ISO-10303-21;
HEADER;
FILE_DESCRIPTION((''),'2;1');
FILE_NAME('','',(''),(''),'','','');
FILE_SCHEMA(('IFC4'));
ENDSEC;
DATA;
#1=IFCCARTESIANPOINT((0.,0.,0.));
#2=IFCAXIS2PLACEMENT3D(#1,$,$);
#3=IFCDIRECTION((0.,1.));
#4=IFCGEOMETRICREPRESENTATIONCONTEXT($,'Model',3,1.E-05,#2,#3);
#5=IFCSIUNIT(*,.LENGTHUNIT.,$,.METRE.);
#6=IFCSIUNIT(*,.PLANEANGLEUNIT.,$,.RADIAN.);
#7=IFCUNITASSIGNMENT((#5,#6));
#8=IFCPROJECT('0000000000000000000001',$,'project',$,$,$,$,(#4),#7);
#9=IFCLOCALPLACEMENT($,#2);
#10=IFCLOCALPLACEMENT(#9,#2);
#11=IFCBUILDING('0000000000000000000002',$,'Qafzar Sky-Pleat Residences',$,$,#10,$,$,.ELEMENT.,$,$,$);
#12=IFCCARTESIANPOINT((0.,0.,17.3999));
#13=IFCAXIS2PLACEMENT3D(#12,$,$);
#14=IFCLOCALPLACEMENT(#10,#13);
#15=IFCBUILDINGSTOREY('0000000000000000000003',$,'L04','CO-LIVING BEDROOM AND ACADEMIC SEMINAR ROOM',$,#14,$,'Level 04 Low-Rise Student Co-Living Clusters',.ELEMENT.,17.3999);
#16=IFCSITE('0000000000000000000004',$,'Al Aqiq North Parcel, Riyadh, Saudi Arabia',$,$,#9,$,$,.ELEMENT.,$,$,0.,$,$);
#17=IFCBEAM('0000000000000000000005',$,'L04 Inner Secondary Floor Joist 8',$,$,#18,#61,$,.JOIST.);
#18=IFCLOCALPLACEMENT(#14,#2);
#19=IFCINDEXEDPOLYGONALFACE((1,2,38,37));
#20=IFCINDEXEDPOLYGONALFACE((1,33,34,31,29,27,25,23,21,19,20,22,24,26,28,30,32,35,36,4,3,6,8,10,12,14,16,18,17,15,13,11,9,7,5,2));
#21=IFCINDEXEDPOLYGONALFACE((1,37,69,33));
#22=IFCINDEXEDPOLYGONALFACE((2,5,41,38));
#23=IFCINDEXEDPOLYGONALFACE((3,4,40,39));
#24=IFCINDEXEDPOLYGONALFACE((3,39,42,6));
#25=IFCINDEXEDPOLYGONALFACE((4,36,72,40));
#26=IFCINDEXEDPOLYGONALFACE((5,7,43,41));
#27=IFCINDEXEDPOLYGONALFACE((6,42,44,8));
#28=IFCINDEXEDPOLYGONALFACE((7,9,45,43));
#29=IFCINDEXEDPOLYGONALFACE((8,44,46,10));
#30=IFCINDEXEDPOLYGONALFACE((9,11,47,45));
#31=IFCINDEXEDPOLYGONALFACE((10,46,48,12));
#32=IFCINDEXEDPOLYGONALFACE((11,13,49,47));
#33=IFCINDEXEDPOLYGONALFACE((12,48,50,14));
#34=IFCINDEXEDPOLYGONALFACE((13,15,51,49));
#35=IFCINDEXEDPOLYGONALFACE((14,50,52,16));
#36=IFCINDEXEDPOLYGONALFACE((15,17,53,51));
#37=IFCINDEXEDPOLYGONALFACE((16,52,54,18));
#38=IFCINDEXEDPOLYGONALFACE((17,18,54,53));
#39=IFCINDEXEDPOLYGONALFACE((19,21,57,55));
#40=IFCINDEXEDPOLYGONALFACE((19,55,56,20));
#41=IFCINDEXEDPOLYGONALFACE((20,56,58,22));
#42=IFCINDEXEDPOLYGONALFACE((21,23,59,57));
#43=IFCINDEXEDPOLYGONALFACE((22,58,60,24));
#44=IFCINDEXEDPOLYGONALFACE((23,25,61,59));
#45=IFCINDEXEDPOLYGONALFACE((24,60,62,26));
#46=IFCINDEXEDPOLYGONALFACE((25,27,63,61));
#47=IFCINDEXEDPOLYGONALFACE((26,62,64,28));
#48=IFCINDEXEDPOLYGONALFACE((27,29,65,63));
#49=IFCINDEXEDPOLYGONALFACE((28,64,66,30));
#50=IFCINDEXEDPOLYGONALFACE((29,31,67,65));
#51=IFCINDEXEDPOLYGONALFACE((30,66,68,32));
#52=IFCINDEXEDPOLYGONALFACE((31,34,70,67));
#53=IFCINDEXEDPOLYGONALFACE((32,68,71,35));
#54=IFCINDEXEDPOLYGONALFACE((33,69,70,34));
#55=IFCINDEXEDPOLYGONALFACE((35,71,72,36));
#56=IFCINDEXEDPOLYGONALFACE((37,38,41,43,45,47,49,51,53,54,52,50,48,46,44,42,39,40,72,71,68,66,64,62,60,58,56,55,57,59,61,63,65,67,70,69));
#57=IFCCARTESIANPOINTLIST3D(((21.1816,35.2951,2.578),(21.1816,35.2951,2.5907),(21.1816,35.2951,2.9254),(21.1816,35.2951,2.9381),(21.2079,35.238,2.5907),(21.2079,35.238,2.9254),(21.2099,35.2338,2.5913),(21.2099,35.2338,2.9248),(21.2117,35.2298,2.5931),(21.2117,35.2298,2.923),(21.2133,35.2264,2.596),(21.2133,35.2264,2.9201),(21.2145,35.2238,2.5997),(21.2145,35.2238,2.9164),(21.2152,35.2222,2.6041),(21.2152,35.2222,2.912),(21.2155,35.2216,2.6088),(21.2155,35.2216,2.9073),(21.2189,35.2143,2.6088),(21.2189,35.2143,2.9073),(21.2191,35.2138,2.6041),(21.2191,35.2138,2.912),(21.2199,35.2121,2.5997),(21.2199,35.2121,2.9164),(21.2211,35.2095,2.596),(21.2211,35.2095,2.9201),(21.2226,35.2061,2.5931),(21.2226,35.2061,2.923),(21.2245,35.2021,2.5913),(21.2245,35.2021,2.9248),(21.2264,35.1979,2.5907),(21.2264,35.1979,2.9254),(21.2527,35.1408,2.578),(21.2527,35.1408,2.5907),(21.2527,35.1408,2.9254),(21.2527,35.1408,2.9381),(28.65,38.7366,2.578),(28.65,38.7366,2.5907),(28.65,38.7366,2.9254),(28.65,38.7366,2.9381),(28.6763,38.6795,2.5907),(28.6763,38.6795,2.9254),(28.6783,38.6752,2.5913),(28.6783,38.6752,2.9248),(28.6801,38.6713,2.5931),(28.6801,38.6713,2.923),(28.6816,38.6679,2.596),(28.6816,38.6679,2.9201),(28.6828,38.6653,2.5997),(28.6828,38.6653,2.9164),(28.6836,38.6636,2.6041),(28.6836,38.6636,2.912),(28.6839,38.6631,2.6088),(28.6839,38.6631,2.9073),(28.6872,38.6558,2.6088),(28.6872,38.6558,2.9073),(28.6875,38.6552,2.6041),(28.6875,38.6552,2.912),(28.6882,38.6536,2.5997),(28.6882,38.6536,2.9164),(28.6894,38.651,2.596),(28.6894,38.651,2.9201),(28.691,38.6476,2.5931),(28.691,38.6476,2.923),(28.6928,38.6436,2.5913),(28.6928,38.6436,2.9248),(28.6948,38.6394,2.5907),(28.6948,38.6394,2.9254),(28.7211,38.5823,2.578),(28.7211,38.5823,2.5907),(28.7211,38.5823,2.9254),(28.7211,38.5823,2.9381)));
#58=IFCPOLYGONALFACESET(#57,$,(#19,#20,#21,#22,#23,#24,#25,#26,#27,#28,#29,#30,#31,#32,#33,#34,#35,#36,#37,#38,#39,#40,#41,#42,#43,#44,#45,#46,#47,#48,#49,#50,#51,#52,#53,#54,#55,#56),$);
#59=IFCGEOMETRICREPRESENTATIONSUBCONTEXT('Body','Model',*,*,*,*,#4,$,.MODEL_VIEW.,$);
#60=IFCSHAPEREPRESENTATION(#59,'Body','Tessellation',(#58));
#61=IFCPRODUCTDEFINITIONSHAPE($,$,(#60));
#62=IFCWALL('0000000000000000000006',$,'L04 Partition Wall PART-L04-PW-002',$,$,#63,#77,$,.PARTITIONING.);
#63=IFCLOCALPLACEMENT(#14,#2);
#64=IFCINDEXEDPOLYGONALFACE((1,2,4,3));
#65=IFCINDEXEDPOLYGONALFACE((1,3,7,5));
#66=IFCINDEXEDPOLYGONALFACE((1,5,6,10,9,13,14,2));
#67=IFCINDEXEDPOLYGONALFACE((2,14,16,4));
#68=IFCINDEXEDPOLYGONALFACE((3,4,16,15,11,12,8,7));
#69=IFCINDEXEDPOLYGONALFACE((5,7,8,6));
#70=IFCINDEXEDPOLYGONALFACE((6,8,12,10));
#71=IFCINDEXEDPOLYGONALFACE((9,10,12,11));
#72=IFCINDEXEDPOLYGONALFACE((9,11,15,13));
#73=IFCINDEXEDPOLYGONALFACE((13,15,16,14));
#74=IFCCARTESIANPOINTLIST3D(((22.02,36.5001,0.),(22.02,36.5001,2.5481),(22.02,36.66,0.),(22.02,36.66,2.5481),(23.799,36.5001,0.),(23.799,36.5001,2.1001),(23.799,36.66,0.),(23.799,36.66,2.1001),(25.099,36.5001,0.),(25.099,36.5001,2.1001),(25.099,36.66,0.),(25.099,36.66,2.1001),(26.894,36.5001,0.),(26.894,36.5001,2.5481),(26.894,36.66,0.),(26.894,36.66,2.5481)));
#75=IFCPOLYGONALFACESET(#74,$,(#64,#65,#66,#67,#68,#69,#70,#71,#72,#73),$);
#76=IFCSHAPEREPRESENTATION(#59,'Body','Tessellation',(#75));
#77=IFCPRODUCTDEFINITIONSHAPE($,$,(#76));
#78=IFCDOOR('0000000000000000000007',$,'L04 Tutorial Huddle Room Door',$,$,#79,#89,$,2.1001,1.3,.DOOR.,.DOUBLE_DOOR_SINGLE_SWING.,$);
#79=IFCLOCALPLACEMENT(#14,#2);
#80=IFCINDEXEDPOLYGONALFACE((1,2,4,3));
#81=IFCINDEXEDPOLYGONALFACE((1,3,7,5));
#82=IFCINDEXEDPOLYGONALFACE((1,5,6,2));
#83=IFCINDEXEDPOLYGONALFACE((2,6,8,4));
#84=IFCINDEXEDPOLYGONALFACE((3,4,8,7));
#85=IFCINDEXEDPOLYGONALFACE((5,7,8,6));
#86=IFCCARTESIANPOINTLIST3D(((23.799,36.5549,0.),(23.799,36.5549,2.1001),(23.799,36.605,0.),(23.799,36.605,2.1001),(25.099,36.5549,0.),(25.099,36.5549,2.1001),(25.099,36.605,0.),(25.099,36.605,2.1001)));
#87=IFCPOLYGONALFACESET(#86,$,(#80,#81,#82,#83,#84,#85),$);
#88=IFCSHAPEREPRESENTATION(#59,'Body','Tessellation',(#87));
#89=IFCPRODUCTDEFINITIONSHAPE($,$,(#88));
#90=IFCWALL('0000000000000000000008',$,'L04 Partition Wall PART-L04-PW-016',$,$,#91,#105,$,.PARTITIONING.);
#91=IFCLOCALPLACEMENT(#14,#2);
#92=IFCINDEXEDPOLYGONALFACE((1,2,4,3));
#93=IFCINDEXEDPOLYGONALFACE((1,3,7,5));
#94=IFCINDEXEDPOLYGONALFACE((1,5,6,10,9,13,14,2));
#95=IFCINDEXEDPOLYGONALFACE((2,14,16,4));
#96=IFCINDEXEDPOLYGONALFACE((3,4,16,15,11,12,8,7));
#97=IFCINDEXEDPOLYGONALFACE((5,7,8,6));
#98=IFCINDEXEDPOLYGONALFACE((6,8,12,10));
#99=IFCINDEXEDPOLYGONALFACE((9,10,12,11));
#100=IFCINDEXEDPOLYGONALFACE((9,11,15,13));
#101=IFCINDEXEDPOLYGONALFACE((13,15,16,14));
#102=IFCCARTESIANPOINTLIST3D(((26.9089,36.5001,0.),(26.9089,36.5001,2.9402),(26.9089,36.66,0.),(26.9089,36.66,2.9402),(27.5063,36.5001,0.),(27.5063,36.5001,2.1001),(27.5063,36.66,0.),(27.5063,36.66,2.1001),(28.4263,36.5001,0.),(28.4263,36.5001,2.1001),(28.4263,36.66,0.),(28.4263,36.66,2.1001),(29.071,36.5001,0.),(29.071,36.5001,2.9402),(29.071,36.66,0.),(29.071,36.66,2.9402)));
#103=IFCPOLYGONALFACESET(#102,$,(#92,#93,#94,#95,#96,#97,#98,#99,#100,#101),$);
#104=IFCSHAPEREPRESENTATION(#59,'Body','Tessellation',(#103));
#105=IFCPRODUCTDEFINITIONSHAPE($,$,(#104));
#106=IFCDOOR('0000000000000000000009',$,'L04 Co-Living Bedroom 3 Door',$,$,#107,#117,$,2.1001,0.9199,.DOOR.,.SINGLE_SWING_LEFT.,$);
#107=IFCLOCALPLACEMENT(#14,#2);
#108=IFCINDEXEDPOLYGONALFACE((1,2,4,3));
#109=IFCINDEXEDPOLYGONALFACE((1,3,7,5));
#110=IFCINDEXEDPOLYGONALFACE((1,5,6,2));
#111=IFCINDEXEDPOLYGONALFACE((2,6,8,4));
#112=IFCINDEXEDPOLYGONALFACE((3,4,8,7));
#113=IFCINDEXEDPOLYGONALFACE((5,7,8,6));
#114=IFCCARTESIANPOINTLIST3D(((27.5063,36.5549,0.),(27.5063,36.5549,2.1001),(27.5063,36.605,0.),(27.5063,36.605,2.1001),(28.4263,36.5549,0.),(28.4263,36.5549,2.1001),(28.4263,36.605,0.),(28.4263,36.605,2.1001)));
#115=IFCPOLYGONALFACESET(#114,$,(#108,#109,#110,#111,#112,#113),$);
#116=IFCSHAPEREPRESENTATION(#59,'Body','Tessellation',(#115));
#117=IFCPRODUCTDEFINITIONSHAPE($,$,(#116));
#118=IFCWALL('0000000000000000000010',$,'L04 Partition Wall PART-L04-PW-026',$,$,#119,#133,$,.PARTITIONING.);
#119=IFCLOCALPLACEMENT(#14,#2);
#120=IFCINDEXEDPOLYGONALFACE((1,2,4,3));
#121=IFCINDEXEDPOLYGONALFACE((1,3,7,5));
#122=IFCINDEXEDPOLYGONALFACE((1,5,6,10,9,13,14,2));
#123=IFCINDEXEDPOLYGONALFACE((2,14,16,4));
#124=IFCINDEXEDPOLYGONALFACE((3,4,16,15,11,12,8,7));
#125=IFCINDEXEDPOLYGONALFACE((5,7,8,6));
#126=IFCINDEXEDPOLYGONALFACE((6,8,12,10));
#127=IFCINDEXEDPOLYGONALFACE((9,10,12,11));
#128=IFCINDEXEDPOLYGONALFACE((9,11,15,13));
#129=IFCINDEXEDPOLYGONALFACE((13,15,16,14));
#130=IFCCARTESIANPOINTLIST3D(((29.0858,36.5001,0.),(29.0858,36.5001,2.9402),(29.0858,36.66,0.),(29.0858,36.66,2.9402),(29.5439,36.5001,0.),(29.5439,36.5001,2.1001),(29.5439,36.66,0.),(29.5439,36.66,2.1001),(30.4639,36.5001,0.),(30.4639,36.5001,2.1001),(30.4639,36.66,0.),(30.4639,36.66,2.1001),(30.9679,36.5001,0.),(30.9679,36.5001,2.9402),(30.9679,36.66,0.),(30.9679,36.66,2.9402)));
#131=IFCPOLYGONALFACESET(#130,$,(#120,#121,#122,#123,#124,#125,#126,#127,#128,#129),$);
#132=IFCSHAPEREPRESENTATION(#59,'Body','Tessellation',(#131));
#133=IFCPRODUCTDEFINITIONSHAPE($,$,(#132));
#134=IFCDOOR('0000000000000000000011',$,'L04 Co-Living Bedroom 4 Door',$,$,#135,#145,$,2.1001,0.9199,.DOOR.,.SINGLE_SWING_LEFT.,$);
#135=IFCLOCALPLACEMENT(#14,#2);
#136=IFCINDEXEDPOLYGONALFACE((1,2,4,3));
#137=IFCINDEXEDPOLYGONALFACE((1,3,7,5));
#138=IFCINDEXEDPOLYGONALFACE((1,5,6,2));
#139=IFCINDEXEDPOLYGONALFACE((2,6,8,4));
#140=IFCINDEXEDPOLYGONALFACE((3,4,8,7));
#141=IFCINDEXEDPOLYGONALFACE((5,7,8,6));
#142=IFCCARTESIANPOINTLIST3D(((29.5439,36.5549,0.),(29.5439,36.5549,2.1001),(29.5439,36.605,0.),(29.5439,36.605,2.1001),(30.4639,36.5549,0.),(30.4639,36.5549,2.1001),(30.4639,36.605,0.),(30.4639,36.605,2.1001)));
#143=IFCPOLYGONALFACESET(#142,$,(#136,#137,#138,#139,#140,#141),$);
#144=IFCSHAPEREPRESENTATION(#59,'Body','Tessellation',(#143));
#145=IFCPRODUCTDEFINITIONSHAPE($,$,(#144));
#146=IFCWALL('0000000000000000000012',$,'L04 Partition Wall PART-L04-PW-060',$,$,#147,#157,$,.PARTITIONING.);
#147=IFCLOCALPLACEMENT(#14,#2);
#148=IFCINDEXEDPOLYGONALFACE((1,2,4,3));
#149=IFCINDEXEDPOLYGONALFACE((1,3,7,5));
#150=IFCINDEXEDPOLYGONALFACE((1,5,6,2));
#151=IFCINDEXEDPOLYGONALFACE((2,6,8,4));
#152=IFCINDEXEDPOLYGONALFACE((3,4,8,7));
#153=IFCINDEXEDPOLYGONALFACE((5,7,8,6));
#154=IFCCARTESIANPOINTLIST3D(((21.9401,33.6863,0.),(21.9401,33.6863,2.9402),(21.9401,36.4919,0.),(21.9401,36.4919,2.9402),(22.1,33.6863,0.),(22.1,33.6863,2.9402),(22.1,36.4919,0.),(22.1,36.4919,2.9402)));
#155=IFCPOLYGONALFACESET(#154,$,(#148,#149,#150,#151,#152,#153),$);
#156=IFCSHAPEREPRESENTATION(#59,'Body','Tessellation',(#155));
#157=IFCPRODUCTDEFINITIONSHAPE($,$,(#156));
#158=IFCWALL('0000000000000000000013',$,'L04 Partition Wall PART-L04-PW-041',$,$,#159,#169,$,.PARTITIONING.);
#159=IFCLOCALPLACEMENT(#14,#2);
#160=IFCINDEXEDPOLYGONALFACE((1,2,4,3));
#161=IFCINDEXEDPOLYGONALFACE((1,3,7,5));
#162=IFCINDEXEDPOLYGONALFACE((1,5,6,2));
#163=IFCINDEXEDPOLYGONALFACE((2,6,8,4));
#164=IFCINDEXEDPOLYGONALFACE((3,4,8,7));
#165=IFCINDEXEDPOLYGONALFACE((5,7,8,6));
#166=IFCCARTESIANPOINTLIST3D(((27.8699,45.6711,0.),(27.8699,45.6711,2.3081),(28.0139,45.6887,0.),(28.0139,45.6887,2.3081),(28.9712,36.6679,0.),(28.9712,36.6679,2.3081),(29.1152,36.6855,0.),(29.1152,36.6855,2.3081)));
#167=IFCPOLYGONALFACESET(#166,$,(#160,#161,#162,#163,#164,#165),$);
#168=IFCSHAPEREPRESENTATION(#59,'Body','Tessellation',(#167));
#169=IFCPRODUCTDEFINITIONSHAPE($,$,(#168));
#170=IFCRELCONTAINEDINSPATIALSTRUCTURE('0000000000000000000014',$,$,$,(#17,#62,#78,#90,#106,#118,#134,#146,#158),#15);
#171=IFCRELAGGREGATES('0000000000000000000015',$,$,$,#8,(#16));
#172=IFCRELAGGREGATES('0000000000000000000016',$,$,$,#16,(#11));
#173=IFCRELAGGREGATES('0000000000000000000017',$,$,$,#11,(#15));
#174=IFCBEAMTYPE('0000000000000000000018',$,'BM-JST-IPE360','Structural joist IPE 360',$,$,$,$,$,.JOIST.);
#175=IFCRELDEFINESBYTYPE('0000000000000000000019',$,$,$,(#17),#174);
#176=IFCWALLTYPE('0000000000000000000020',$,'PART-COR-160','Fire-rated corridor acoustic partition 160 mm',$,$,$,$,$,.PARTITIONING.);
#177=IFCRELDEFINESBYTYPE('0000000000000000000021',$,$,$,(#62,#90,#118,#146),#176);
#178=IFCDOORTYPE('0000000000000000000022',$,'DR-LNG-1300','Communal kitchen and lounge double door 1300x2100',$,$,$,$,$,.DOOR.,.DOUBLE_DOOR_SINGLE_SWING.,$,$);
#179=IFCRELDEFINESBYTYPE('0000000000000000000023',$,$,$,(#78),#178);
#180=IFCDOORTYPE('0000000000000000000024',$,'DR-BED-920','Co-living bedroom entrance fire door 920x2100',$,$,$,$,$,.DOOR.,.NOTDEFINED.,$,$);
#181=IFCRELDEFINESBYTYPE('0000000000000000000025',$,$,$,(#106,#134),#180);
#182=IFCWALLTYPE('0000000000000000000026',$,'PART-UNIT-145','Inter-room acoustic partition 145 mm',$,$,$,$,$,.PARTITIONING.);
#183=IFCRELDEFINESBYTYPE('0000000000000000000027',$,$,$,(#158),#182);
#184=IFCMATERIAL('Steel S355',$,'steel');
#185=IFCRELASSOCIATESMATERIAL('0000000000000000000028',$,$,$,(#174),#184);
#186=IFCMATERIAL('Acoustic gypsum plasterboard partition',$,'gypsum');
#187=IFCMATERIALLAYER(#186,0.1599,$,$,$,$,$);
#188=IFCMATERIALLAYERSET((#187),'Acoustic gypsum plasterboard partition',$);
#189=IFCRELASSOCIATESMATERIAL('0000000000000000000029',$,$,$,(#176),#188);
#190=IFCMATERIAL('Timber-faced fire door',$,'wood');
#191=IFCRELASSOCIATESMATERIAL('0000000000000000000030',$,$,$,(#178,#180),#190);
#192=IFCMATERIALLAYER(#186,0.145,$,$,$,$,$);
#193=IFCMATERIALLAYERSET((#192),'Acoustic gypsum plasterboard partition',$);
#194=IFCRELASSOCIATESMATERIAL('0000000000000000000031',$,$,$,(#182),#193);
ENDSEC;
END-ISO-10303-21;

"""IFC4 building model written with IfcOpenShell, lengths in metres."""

from ifc_helpers import new_model, si_unit, direction, frame, frame_2d, origin, origin_2d, place, context, subcontext, project, spatial, rectangle, i_section, extrude, source, transform, mapped, material, layer, layer_set, material_profile, profile_set, type_object, element, fill, save


model = new_model("IFC4")

# Units and contexts
model_context = context("Model", 3, precision=1e-05, world=origin(), true_north=direction((0.0, 1.0)))
body_context = subcontext(model_context, "Body", "Model", "MODEL_VIEW")
ifc_project = project(units=[si_unit("LENGTHUNIT", "METRE"), si_unit("PLANEANGLEUNIT", "RADIAN")], contexts=[model_context])

# Site, building, storey
site_placement = place(None, origin())
site = spatial("IfcSite", under=ifc_project, at=site_placement, Name="Al Aqiq North Parcel, Riyadh, Saudi Arabia", CompositionType="ELEMENT", RefElevation=0.0)
building_placement = place(site_placement, origin())
building = spatial("IfcBuilding", under=site, at=building_placement, Name="Qafzar Sky-Pleat Residences", CompositionType="ELEMENT")
storey_placement = place(building_placement, frame((0.0, 0.0, 17.3999)))
storey = spatial("IfcBuildingStorey", under=building, at=storey_placement, Name="L04", Description="CO-LIVING BEDROOM AND ACADEMIC SEMINAR ROOM", LongName="Level 04 Low-Rise Student Co-Living Clusters", CompositionType="ELEMENT", Elevation=17.3999)

# Beam
ifc_material_1 = material(Name="Steel S355", Category="steel")
ifc_material_profile_1 = material_profile(ifc_material_1, i_section(OverallWidth=0.1699, OverallDepth=0.3601, WebThickness=0.0081, FlangeThickness=0.0127, FilletRadius=0.0181, at=origin_2d()), Name="IPE 360")
ifc_profile_set_1 = profile_set([ifc_material_profile_1], Name="Steel S355")
beam_type_1 = type_object("IfcBeamType", Name="BM-JST-IPE360", Description="Structural joist IPE 360", PredefinedType="JOIST", material=ifc_profile_set_1)
shared_shape_1 = source(origin(), body_context, "Body", "SweptSolid", [
    extrude(i_section(OverallWidth=0.1699, OverallDepth=0.3601, WebThickness=0.0081, FlangeThickness=0.0127, FilletRadius=0.0181, at=origin_2d()), origin(), (0.0, 0.0, 1.0), 8.2231),
])
beam_1_placement = place(storey_placement, frame((28.6855, 38.6594, 2.7581), z_axis=(-0.908213, -0.418508, 0.0), x_axis=(0.418508, -0.908213, 0.0)))
element("IfcBeam", 1, at=beam_1_placement, inside=storey, type_object=beam_type_1, Name="L04 Inner Secondary Floor Joist 8", PredefinedType="JOIST", context=body_context, shape_type="MappedRepresentation", body=[
    mapped(shared_shape_1, transform((0.0, 0.0, 0.0), x_axis=(1.0, 0.0, 0.0), y_axis=(0.0, 1.0, 0.0), z_axis=(0.0, 0.0, 1.0), scale=1.0)),
])

# Walls, openings, doors
ifc_material_2 = material(Name="Acoustic gypsum plasterboard partition", Category="gypsum")
ifc_layer_1 = layer(ifc_material_2, 0.1599)
ifc_layer_set_1 = layer_set([ifc_layer_1], Name="Acoustic gypsum plasterboard partition")
wall_type_1 = type_object("IfcWallType", Name="PART-COR-160", Description="Fire-rated corridor acoustic partition 160 mm", PredefinedType="PARTITIONING", material=ifc_layer_set_1)
wall_1_placement = place(storey_placement, frame((22.02, 36.5801, 0.0), z_axis=(0.0, 0.0, 1.0), x_axis=(1.0, 0.0, 0.0)))
wall_1 = element("IfcWall", 2, at=wall_1_placement, inside=storey, type_object=wall_type_1, Name="L04 Partition Wall PART-L04-PW-002", PredefinedType="PARTITIONING", context=body_context, shape_type="SweptSolid", body=[
    extrude(rectangle(XDim=4.874, YDim=0.1599, at=frame_2d((2.437, 0.0))), origin(), (0.0, 0.0, 1.0), 2.5481),
])
opening_1_placement = place(wall_1_placement, frame((1.7791, 0.0, 0.0)))
opening_1 = element("IfcOpeningElement", 3, at=opening_1_placement, cuts=wall_1, PredefinedType="OPENING", context=body_context, shape_type="SweptSolid", body=[
    extrude(rectangle(XDim=1.3, YDim=2.1001, at=frame_2d((0.6499, 1.05))), frame((0.0, 0.0898, 0.0), z_axis=(0.0, -1.0, 0.0), x_axis=(1.0, 0.0, 0.0)), (0.0, 0.0, 1.0), 0.1799),
])
ifc_material_3 = material(Name="Timber-faced fire door", Category="wood")
door_type_1 = type_object("IfcDoorType", Name="DR-LNG-1300", Description="Communal kitchen and lounge double door 1300x2100", OperationType="DOUBLE_DOOR_SINGLE_SWING", PredefinedType="DOOR", material=ifc_material_3)
shared_shape_2 = source(origin(), body_context, "Body", "SweptSolid", [
    extrude(rectangle(XDim=1.3, YDim=2.1001, at=frame_2d((0.6499, 1.05))), frame((0.0, 0.0249, 0.0), z_axis=(0.0, -1.0, 0.0), x_axis=(1.0, 0.0, 0.0)), (0.0, 0.0, 1.0), 0.05),
])
door_1_placement = place(opening_1_placement, origin())
door_1 = element("IfcDoor", 4, at=door_1_placement, inside=storey, type_object=door_type_1, Name="L04 Tutorial Huddle Room Door", OperationType="DOUBLE_DOOR_SINGLE_SWING", OverallHeight=2.1001, OverallWidth=1.3, PredefinedType="DOOR", context=body_context, shape_type="MappedRepresentation", body=[
    mapped(shared_shape_2, transform((0.0, 0.0, 0.0), x_axis=(1.0, 0.0, 0.0), y_axis=(0.0, 1.0, 0.0), z_axis=(0.0, 0.0, 1.0), scale=1.0)),
])
fill(opening_1, door_1)
wall_2_placement = place(storey_placement, frame((26.9089, 36.5801, 0.0), z_axis=(0.0, 0.0, 1.0), x_axis=(1.0, 0.0, 0.0)))
wall_2 = element("IfcWall", 5, at=wall_2_placement, inside=storey, type_object=wall_type_1, Name="L04 Partition Wall PART-L04-PW-016", PredefinedType="PARTITIONING", context=body_context, shape_type="SweptSolid", body=[
    extrude(rectangle(XDim=2.1621, YDim=0.1599, at=frame_2d((1.0811, 0.0))), origin(), (0.0, 0.0, 1.0), 2.9402),
])
opening_2_placement = place(wall_2_placement, frame((0.5974, 0.0, 0.0)))
opening_2 = element("IfcOpeningElement", 6, at=opening_2_placement, cuts=wall_2, PredefinedType="OPENING", context=body_context, shape_type="SweptSolid", body=[
    extrude(rectangle(XDim=0.9199, YDim=2.1001, at=frame_2d((0.46, 1.05))), frame((0.0, 0.0898, 0.0), z_axis=(0.0, -1.0, 0.0), x_axis=(1.0, 0.0, 0.0)), (0.0, 0.0, 1.0), 0.1799),
])
door_type_2 = type_object("IfcDoorType", Name="DR-BED-920", Description="Co-living bedroom entrance fire door 920x2100", OperationType="NOTDEFINED", PredefinedType="DOOR", material=ifc_material_3)
shared_shape_3 = source(origin(), body_context, "Body", "SweptSolid", [
    extrude(rectangle(XDim=0.9199, YDim=2.1001, at=frame_2d((0.46, 1.05))), frame((0.0, 0.0249, 0.0), z_axis=(0.0, -1.0, 0.0), x_axis=(1.0, 0.0, 0.0)), (0.0, 0.0, 1.0), 0.05),
])
door_2_placement = place(opening_2_placement, origin())
door_2 = element("IfcDoor", 7, at=door_2_placement, inside=storey, type_object=door_type_2, Name="L04 Co-Living Bedroom 3 Door", OperationType="SINGLE_SWING_LEFT", OverallHeight=2.1001, OverallWidth=0.9199, PredefinedType="DOOR", context=body_context, shape_type="MappedRepresentation", body=[
    mapped(shared_shape_3, transform((0.0, 0.0, 0.0), x_axis=(1.0, 0.0, 0.0), y_axis=(0.0, 1.0, 0.0), z_axis=(0.0, 0.0, 1.0), scale=1.0)),
])
fill(opening_2, door_2)
wall_3_placement = place(storey_placement, frame((29.0859, 36.5801, 0.0), z_axis=(0.0, 0.0, 1.0), x_axis=(1.0, 0.0, 0.0)))
wall_3 = element("IfcWall", 8, at=wall_3_placement, inside=storey, type_object=wall_type_1, Name="L04 Partition Wall PART-L04-PW-026", PredefinedType="PARTITIONING", context=body_context, shape_type="SweptSolid", body=[
    extrude(rectangle(XDim=1.8821, YDim=0.1599, at=frame_2d((0.9409, 0.0))), origin(), (0.0, 0.0, 1.0), 2.9402),
])
opening_3_placement = place(wall_3_placement, frame((0.458, 0.0, 0.0)))
opening_3 = element("IfcOpeningElement", 9, at=opening_3_placement, cuts=wall_3, PredefinedType="OPENING", context=body_context, shape_type="SweptSolid", body=[
    extrude(rectangle(XDim=0.9199, YDim=2.1001, at=frame_2d((0.46, 1.05))), frame((0.0, 0.0898, 0.0), z_axis=(0.0, -1.0, 0.0), x_axis=(1.0, 0.0, 0.0)), (0.0, 0.0, 1.0), 0.1799),
])
door_3_placement = place(opening_3_placement, origin())
door_3 = element("IfcDoor", 10, at=door_3_placement, inside=storey, type_object=door_type_2, Name="L04 Co-Living Bedroom 4 Door", OperationType="SINGLE_SWING_LEFT", OverallHeight=2.1001, OverallWidth=0.9199, PredefinedType="DOOR", context=body_context, shape_type="MappedRepresentation", body=[
    mapped(shared_shape_3, transform((0.0, 0.0, 0.0), x_axis=(1.0, 0.0, 0.0), y_axis=(0.0, 1.0, 0.0), z_axis=(0.0, 0.0, 1.0), scale=1.0)),
])
fill(opening_3, door_3)

# Walls
wall_4_placement = place(storey_placement, frame((22.02, 33.6863, 0.0), z_axis=(0.0, 0.0, 1.0), x_axis=(0.0, 1.0, 0.0)))
element("IfcWall", 11, at=wall_4_placement, inside=storey, type_object=wall_type_1, Name="L04 Partition Wall PART-L04-PW-060", PredefinedType="PARTITIONING", context=body_context, shape_type="SweptSolid", body=[
    extrude(rectangle(XDim=2.8057, YDim=0.1599, at=frame_2d((1.4028, 0.0))), origin(), (0.0, 0.0, 1.0), 2.9402),
])
ifc_layer_2 = layer(ifc_material_2, 0.145)
ifc_layer_set_2 = layer_set([ifc_layer_2], Name="Acoustic gypsum plasterboard partition")
wall_type_2 = type_object("IfcWallType", Name="PART-UNIT-145", Description="Inter-room acoustic partition 145 mm", PredefinedType="PARTITIONING", material=ifc_layer_set_2)
wall_5_placement = place(storey_placement, frame((27.9419, 45.6799, 0.0), z_axis=(0.0, 0.0, 1.0), x_axis=(0.121421, -0.992601, 0.0)))
element("IfcWall", 12, at=wall_5_placement, inside=storey, type_object=wall_type_2, Name="L04 Partition Wall PART-L04-PW-041", PredefinedType="PARTITIONING", context=body_context, shape_type="SweptSolid", body=[
    extrude(rectangle(XDim=9.0703, YDim=0.145, at=frame_2d((4.5352, 0.0))), origin(), (0.0, 0.0, 1.0), 2.3081),
])

save(model, "model.ifc")
